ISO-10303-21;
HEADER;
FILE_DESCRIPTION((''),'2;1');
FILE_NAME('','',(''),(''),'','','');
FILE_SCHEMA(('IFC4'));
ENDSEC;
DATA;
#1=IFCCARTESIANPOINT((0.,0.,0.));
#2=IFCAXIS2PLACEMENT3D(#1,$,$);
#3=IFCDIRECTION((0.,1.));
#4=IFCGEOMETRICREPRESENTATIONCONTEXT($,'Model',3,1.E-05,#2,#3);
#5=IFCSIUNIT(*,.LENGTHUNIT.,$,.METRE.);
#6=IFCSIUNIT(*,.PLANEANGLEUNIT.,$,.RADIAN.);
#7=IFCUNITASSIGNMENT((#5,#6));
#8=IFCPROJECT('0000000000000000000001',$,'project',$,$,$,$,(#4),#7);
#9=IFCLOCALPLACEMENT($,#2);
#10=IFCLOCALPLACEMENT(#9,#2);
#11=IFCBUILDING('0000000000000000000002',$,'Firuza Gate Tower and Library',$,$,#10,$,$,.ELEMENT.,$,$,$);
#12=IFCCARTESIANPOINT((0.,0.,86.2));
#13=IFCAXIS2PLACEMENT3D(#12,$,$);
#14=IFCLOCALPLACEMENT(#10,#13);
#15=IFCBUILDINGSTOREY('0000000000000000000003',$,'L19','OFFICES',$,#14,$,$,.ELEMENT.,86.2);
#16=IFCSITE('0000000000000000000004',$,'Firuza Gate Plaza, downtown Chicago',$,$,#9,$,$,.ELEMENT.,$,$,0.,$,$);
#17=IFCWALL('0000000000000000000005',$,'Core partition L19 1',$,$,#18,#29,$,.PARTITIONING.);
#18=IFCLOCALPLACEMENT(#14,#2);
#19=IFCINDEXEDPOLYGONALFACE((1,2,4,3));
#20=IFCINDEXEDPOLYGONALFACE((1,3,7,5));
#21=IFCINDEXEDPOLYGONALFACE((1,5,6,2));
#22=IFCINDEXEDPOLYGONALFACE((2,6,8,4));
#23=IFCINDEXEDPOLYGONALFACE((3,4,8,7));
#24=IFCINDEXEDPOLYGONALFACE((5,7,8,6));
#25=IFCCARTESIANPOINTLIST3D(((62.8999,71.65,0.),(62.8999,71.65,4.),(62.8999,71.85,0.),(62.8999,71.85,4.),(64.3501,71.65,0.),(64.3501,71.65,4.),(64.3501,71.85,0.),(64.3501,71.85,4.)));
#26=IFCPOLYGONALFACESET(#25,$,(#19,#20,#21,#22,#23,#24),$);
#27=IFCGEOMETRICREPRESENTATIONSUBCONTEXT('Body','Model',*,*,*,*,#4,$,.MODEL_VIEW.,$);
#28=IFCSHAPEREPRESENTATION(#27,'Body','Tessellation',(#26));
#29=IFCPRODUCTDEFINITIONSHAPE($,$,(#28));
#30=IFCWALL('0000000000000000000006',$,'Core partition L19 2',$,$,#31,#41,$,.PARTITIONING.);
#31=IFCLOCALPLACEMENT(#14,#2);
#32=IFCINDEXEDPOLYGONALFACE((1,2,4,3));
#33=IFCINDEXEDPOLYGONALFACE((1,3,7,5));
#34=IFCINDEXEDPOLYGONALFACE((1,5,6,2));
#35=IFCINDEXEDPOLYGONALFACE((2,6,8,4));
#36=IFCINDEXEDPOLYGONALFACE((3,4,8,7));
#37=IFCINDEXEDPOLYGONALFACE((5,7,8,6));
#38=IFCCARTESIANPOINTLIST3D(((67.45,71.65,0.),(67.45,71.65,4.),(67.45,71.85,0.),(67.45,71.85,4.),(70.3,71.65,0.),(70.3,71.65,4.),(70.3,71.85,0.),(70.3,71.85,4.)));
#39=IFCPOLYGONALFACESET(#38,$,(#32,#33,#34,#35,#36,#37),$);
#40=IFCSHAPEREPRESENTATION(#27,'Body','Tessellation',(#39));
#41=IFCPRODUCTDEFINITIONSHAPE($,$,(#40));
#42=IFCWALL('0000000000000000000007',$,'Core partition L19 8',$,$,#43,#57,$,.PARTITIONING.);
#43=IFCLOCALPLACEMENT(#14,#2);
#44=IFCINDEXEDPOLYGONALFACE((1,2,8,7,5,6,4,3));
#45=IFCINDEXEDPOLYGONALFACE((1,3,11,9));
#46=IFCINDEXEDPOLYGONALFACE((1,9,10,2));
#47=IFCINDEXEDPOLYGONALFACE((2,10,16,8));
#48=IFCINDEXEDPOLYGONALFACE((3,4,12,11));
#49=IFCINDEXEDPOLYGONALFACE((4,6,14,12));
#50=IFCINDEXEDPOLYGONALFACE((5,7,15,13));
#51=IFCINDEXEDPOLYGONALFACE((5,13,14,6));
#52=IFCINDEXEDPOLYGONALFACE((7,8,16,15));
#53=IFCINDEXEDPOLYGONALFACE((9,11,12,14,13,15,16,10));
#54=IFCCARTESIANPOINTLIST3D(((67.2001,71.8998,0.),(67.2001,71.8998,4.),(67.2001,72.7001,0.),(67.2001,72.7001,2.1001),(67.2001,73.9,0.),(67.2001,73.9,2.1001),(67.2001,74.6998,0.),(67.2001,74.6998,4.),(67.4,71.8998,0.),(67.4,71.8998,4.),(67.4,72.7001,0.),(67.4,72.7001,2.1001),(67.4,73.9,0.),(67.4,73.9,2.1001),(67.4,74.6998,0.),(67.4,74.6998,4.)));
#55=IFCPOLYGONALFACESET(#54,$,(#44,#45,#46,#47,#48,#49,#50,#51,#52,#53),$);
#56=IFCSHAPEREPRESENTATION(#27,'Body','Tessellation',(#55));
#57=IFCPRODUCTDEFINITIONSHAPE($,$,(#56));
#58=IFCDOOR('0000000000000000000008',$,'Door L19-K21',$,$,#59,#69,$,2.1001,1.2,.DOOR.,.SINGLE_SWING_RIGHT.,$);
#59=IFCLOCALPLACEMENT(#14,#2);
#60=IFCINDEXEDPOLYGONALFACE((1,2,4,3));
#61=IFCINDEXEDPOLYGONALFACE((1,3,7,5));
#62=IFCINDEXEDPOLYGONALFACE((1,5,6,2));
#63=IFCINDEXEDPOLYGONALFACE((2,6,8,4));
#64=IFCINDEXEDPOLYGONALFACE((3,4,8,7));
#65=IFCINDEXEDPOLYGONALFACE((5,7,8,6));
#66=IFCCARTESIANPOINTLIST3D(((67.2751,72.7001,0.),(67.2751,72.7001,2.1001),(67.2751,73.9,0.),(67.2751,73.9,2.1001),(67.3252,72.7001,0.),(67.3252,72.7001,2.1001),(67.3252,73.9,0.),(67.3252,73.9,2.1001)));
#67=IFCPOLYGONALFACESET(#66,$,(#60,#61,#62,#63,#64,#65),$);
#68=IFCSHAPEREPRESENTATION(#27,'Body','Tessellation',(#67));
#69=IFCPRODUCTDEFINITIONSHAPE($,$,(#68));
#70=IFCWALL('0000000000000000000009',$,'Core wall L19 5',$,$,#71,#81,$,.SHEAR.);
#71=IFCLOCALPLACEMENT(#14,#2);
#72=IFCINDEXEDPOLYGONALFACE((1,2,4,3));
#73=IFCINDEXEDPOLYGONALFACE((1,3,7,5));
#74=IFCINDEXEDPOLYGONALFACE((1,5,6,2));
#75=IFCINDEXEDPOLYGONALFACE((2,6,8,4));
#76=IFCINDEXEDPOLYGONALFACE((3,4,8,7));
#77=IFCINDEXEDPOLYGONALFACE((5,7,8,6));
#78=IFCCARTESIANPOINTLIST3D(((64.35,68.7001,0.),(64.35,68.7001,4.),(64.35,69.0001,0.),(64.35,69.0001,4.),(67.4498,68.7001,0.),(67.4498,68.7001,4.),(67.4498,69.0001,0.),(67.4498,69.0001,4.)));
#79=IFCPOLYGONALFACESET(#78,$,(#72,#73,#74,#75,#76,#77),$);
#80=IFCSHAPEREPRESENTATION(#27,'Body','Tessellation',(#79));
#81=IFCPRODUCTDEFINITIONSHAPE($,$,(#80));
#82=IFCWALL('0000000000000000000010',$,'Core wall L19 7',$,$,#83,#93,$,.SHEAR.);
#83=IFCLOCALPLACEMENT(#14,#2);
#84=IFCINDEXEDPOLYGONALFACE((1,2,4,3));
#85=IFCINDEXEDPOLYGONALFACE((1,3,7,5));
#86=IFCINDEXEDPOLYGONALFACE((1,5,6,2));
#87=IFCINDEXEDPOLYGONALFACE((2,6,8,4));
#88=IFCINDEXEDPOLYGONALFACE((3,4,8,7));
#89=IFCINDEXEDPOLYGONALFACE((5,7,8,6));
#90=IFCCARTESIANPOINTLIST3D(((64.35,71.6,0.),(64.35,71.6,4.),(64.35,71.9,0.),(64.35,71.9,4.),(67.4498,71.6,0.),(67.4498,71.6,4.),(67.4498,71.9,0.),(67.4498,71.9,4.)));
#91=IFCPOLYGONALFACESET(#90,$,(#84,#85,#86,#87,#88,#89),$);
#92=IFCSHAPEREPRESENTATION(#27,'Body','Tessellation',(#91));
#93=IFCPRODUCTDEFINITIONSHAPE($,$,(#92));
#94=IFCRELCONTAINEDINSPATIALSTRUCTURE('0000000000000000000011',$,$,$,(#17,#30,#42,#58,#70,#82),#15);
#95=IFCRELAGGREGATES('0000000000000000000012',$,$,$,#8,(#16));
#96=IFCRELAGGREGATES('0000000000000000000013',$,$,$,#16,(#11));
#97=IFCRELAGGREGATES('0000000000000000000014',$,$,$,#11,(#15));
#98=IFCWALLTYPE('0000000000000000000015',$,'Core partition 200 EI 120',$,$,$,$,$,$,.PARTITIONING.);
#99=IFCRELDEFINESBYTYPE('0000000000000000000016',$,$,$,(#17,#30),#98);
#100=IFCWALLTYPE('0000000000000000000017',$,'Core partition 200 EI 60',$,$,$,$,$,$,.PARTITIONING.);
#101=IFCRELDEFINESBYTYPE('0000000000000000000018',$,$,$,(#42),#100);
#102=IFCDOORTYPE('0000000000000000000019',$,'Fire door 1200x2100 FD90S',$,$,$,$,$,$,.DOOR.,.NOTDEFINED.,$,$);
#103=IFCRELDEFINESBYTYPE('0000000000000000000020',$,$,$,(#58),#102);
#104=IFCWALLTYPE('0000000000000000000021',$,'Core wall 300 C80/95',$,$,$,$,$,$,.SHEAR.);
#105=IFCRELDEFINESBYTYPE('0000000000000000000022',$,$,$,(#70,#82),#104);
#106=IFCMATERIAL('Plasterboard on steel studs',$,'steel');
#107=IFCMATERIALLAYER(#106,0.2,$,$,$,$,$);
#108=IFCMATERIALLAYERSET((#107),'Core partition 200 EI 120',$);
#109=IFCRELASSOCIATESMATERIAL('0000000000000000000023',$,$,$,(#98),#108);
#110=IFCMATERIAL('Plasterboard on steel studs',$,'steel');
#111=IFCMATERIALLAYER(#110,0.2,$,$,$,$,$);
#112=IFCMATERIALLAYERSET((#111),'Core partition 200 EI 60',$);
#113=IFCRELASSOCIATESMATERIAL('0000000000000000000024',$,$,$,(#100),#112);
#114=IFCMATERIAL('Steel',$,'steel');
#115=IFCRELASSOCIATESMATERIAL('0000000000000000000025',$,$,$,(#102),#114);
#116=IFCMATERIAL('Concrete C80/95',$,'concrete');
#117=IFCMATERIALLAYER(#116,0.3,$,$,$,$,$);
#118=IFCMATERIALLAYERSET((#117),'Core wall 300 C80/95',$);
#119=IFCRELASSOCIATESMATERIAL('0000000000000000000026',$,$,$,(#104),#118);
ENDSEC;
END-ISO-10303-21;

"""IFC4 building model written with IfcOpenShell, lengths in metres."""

from ifc_helpers import new_model, si_unit, direction, frame, frame_2d, origin, place, context, subcontext, project, spatial, rectangle, extrude, material, layer, layer_set, type_object, element, fill, save


model = new_model("IFC4")

# Units and contexts
model_context = context("Model", 3, precision=1e-05, world=origin(), true_north=direction((0.0, 1.0)))
body_context = subcontext(model_context, "Body", "Model", "MODEL_VIEW")
ifc_project = project(units=[si_unit("LENGTHUNIT", "METRE"), si_unit("PLANEANGLEUNIT", "RADIAN")], contexts=[model_context])

# Site, building, storey
site_placement = place(None, origin())
site = spatial("IfcSite", under=ifc_project, at=site_placement, Name="Firuza Gate Plaza, downtown Chicago", CompositionType="ELEMENT", RefElevation=0.0)
building_placement = place(site_placement, origin())
building = spatial("IfcBuilding", under=site, at=building_placement, Name="Firuza Gate Tower and Library", CompositionType="ELEMENT")
storey_placement = place(building_placement, frame((0.0, 0.0, 86.2)))
storey = spatial("IfcBuildingStorey", under=building, at=storey_placement, Name="L19", Description="OFFICES", CompositionType="ELEMENT", Elevation=86.2)

# Walls
ifc_material_1 = material(Name="Plasterboard on steel studs", Category="steel")
ifc_layer_1 = layer(ifc_material_1, 0.2)
ifc_layer_set_1 = layer_set([ifc_layer_1], Name="Core partition 200 EI 120")
wall_type_1 = type_object("IfcWallType", Name="Core partition 200 EI 120", PredefinedType="PARTITIONING", material=ifc_layer_set_1)
wall_1_placement = place(storey_placement, frame((62.8999, 71.75, 0.0), z_axis=(0.0, 0.0, 1.0), x_axis=(1.0, 0.0, 0.0)))
element("IfcWall", 1, at=wall_1_placement, inside=storey, type_object=wall_type_1, Name="Core partition L19 1", PredefinedType="PARTITIONING", context=body_context, shape_type="SweptSolid", body=[
    extrude(rectangle(XDim=1.4502, YDim=0.2, at=frame_2d((0.7251, 0.0))), origin(), (0.0, 0.0, 1.0), 4.0),
])
wall_2_placement = place(storey_placement, frame((67.45, 71.75, 0.0), z_axis=(0.0, 0.0, 1.0), x_axis=(1.0, 0.0, 0.0)))
element("IfcWall", 2, at=wall_2_placement, inside=storey, type_object=wall_type_1, Name="Core partition L19 2", PredefinedType="PARTITIONING", context=body_context, shape_type="SweptSolid", body=[
    extrude(rectangle(XDim=2.8501, YDim=0.2, at=frame_2d((1.425, 0.0))), origin(), (0.0, 0.0, 1.0), 4.0),
])

# Wall, opening, door
ifc_material_2 = material(Name="Plasterboard on steel studs", Category="steel")
ifc_layer_2 = layer(ifc_material_2, 0.2)
ifc_layer_set_2 = layer_set([ifc_layer_2], Name="Core partition 200 EI 60")
wall_type_2 = type_object("IfcWallType", Name="Core partition 200 EI 60", PredefinedType="PARTITIONING", material=ifc_layer_set_2)
wall_3_placement = place(storey_placement, frame((67.3, 71.8999, 0.0), z_axis=(0.0, 0.0, 1.0), x_axis=(0.0, 1.0, 0.0)))
wall_3 = element("IfcWall", 3, at=wall_3_placement, inside=storey, type_object=wall_type_2, Name="Core partition L19 8", PredefinedType="PARTITIONING", context=body_context, shape_type="SweptSolid", body=[
    extrude(rectangle(XDim=2.8, YDim=0.2, at=frame_2d((1.3999, 0.0))), origin(), (0.0, 0.0, 1.0), 4.0),
])
opening_1_placement = place(wall_3_placement, frame((0.8, 0.0, 0.0)))
opening_1 = element("IfcOpeningElement", 4, at=opening_1_placement, cuts=wall_3, PredefinedType="OPENING", context=body_context, shape_type="SweptSolid", body=[
    extrude(rectangle(XDim=1.2, YDim=2.1001, at=frame_2d((0.6001, 1.05))), frame((0.0, 0.1099, 0.0), z_axis=(0.0, -1.0, 0.0), x_axis=(1.0, 0.0, 0.0)), (0.0, 0.0, 1.0), 0.22),
])
ifc_material_3 = material(Name="Steel", Category="steel")
door_type_1 = type_object("IfcDoorType", Name="Fire door 1200x2100 FD90S", OperationType="NOTDEFINED", PredefinedType="DOOR", material=ifc_material_3)
door_1_placement = place(opening_1_placement, origin())
door_1 = element("IfcDoor", 5, at=door_1_placement, inside=storey, type_object=door_type_1, Name="Door L19-K21", OperationType="SINGLE_SWING_RIGHT", OverallHeight=2.1001, OverallWidth=1.2, PredefinedType="DOOR", context=body_context, shape_type="SweptSolid", body=[
    extrude(rectangle(XDim=1.2, YDim=2.1001, at=frame_2d((0.6001, 1.05))), frame((0.0, 0.0249, 0.0), z_axis=(0.0, -1.0, 0.0), x_axis=(1.0, 0.0, 0.0)), (0.0, 0.0, 1.0), 0.05),
])
fill(opening_1, door_1)

# Walls
ifc_material_4 = material(Name="Concrete C80/95", Category="concrete")
ifc_layer_3 = layer(ifc_material_4, 0.3)
ifc_layer_set_3 = layer_set([ifc_layer_3], Name="Core wall 300 C80/95")
wall_type_3 = type_object("IfcWallType", Name="Core wall 300 C80/95", PredefinedType="SHEAR", material=ifc_layer_set_3)
for number, where, z_axis, x_axis, name in (
    (6, (64.3501, 68.8501, 0.0), (0.0, 0.0, 1.0), (1.0, 0.0, 0.0), "Core wall L19 5"),
    (7, (64.3501, 71.75, 0.0), (0.0, 0.0, 1.0), (1.0, 0.0, 0.0), "Core wall L19 7"),
):
    element("IfcWall", number, at=place(storey_placement, frame(where, z_axis=z_axis, x_axis=x_axis)), inside=storey, type_object=wall_type_3, Name=name, PredefinedType="SHEAR", context=body_context, shape_type="SweptSolid", body=[
        extrude(rectangle(XDim=3.0999, YDim=0.3, at=frame_2d((1.5498, 0.0))), origin(), (0.0, 0.0, 1.0), 4.0),
    ])

save(model, "model.ifc")
